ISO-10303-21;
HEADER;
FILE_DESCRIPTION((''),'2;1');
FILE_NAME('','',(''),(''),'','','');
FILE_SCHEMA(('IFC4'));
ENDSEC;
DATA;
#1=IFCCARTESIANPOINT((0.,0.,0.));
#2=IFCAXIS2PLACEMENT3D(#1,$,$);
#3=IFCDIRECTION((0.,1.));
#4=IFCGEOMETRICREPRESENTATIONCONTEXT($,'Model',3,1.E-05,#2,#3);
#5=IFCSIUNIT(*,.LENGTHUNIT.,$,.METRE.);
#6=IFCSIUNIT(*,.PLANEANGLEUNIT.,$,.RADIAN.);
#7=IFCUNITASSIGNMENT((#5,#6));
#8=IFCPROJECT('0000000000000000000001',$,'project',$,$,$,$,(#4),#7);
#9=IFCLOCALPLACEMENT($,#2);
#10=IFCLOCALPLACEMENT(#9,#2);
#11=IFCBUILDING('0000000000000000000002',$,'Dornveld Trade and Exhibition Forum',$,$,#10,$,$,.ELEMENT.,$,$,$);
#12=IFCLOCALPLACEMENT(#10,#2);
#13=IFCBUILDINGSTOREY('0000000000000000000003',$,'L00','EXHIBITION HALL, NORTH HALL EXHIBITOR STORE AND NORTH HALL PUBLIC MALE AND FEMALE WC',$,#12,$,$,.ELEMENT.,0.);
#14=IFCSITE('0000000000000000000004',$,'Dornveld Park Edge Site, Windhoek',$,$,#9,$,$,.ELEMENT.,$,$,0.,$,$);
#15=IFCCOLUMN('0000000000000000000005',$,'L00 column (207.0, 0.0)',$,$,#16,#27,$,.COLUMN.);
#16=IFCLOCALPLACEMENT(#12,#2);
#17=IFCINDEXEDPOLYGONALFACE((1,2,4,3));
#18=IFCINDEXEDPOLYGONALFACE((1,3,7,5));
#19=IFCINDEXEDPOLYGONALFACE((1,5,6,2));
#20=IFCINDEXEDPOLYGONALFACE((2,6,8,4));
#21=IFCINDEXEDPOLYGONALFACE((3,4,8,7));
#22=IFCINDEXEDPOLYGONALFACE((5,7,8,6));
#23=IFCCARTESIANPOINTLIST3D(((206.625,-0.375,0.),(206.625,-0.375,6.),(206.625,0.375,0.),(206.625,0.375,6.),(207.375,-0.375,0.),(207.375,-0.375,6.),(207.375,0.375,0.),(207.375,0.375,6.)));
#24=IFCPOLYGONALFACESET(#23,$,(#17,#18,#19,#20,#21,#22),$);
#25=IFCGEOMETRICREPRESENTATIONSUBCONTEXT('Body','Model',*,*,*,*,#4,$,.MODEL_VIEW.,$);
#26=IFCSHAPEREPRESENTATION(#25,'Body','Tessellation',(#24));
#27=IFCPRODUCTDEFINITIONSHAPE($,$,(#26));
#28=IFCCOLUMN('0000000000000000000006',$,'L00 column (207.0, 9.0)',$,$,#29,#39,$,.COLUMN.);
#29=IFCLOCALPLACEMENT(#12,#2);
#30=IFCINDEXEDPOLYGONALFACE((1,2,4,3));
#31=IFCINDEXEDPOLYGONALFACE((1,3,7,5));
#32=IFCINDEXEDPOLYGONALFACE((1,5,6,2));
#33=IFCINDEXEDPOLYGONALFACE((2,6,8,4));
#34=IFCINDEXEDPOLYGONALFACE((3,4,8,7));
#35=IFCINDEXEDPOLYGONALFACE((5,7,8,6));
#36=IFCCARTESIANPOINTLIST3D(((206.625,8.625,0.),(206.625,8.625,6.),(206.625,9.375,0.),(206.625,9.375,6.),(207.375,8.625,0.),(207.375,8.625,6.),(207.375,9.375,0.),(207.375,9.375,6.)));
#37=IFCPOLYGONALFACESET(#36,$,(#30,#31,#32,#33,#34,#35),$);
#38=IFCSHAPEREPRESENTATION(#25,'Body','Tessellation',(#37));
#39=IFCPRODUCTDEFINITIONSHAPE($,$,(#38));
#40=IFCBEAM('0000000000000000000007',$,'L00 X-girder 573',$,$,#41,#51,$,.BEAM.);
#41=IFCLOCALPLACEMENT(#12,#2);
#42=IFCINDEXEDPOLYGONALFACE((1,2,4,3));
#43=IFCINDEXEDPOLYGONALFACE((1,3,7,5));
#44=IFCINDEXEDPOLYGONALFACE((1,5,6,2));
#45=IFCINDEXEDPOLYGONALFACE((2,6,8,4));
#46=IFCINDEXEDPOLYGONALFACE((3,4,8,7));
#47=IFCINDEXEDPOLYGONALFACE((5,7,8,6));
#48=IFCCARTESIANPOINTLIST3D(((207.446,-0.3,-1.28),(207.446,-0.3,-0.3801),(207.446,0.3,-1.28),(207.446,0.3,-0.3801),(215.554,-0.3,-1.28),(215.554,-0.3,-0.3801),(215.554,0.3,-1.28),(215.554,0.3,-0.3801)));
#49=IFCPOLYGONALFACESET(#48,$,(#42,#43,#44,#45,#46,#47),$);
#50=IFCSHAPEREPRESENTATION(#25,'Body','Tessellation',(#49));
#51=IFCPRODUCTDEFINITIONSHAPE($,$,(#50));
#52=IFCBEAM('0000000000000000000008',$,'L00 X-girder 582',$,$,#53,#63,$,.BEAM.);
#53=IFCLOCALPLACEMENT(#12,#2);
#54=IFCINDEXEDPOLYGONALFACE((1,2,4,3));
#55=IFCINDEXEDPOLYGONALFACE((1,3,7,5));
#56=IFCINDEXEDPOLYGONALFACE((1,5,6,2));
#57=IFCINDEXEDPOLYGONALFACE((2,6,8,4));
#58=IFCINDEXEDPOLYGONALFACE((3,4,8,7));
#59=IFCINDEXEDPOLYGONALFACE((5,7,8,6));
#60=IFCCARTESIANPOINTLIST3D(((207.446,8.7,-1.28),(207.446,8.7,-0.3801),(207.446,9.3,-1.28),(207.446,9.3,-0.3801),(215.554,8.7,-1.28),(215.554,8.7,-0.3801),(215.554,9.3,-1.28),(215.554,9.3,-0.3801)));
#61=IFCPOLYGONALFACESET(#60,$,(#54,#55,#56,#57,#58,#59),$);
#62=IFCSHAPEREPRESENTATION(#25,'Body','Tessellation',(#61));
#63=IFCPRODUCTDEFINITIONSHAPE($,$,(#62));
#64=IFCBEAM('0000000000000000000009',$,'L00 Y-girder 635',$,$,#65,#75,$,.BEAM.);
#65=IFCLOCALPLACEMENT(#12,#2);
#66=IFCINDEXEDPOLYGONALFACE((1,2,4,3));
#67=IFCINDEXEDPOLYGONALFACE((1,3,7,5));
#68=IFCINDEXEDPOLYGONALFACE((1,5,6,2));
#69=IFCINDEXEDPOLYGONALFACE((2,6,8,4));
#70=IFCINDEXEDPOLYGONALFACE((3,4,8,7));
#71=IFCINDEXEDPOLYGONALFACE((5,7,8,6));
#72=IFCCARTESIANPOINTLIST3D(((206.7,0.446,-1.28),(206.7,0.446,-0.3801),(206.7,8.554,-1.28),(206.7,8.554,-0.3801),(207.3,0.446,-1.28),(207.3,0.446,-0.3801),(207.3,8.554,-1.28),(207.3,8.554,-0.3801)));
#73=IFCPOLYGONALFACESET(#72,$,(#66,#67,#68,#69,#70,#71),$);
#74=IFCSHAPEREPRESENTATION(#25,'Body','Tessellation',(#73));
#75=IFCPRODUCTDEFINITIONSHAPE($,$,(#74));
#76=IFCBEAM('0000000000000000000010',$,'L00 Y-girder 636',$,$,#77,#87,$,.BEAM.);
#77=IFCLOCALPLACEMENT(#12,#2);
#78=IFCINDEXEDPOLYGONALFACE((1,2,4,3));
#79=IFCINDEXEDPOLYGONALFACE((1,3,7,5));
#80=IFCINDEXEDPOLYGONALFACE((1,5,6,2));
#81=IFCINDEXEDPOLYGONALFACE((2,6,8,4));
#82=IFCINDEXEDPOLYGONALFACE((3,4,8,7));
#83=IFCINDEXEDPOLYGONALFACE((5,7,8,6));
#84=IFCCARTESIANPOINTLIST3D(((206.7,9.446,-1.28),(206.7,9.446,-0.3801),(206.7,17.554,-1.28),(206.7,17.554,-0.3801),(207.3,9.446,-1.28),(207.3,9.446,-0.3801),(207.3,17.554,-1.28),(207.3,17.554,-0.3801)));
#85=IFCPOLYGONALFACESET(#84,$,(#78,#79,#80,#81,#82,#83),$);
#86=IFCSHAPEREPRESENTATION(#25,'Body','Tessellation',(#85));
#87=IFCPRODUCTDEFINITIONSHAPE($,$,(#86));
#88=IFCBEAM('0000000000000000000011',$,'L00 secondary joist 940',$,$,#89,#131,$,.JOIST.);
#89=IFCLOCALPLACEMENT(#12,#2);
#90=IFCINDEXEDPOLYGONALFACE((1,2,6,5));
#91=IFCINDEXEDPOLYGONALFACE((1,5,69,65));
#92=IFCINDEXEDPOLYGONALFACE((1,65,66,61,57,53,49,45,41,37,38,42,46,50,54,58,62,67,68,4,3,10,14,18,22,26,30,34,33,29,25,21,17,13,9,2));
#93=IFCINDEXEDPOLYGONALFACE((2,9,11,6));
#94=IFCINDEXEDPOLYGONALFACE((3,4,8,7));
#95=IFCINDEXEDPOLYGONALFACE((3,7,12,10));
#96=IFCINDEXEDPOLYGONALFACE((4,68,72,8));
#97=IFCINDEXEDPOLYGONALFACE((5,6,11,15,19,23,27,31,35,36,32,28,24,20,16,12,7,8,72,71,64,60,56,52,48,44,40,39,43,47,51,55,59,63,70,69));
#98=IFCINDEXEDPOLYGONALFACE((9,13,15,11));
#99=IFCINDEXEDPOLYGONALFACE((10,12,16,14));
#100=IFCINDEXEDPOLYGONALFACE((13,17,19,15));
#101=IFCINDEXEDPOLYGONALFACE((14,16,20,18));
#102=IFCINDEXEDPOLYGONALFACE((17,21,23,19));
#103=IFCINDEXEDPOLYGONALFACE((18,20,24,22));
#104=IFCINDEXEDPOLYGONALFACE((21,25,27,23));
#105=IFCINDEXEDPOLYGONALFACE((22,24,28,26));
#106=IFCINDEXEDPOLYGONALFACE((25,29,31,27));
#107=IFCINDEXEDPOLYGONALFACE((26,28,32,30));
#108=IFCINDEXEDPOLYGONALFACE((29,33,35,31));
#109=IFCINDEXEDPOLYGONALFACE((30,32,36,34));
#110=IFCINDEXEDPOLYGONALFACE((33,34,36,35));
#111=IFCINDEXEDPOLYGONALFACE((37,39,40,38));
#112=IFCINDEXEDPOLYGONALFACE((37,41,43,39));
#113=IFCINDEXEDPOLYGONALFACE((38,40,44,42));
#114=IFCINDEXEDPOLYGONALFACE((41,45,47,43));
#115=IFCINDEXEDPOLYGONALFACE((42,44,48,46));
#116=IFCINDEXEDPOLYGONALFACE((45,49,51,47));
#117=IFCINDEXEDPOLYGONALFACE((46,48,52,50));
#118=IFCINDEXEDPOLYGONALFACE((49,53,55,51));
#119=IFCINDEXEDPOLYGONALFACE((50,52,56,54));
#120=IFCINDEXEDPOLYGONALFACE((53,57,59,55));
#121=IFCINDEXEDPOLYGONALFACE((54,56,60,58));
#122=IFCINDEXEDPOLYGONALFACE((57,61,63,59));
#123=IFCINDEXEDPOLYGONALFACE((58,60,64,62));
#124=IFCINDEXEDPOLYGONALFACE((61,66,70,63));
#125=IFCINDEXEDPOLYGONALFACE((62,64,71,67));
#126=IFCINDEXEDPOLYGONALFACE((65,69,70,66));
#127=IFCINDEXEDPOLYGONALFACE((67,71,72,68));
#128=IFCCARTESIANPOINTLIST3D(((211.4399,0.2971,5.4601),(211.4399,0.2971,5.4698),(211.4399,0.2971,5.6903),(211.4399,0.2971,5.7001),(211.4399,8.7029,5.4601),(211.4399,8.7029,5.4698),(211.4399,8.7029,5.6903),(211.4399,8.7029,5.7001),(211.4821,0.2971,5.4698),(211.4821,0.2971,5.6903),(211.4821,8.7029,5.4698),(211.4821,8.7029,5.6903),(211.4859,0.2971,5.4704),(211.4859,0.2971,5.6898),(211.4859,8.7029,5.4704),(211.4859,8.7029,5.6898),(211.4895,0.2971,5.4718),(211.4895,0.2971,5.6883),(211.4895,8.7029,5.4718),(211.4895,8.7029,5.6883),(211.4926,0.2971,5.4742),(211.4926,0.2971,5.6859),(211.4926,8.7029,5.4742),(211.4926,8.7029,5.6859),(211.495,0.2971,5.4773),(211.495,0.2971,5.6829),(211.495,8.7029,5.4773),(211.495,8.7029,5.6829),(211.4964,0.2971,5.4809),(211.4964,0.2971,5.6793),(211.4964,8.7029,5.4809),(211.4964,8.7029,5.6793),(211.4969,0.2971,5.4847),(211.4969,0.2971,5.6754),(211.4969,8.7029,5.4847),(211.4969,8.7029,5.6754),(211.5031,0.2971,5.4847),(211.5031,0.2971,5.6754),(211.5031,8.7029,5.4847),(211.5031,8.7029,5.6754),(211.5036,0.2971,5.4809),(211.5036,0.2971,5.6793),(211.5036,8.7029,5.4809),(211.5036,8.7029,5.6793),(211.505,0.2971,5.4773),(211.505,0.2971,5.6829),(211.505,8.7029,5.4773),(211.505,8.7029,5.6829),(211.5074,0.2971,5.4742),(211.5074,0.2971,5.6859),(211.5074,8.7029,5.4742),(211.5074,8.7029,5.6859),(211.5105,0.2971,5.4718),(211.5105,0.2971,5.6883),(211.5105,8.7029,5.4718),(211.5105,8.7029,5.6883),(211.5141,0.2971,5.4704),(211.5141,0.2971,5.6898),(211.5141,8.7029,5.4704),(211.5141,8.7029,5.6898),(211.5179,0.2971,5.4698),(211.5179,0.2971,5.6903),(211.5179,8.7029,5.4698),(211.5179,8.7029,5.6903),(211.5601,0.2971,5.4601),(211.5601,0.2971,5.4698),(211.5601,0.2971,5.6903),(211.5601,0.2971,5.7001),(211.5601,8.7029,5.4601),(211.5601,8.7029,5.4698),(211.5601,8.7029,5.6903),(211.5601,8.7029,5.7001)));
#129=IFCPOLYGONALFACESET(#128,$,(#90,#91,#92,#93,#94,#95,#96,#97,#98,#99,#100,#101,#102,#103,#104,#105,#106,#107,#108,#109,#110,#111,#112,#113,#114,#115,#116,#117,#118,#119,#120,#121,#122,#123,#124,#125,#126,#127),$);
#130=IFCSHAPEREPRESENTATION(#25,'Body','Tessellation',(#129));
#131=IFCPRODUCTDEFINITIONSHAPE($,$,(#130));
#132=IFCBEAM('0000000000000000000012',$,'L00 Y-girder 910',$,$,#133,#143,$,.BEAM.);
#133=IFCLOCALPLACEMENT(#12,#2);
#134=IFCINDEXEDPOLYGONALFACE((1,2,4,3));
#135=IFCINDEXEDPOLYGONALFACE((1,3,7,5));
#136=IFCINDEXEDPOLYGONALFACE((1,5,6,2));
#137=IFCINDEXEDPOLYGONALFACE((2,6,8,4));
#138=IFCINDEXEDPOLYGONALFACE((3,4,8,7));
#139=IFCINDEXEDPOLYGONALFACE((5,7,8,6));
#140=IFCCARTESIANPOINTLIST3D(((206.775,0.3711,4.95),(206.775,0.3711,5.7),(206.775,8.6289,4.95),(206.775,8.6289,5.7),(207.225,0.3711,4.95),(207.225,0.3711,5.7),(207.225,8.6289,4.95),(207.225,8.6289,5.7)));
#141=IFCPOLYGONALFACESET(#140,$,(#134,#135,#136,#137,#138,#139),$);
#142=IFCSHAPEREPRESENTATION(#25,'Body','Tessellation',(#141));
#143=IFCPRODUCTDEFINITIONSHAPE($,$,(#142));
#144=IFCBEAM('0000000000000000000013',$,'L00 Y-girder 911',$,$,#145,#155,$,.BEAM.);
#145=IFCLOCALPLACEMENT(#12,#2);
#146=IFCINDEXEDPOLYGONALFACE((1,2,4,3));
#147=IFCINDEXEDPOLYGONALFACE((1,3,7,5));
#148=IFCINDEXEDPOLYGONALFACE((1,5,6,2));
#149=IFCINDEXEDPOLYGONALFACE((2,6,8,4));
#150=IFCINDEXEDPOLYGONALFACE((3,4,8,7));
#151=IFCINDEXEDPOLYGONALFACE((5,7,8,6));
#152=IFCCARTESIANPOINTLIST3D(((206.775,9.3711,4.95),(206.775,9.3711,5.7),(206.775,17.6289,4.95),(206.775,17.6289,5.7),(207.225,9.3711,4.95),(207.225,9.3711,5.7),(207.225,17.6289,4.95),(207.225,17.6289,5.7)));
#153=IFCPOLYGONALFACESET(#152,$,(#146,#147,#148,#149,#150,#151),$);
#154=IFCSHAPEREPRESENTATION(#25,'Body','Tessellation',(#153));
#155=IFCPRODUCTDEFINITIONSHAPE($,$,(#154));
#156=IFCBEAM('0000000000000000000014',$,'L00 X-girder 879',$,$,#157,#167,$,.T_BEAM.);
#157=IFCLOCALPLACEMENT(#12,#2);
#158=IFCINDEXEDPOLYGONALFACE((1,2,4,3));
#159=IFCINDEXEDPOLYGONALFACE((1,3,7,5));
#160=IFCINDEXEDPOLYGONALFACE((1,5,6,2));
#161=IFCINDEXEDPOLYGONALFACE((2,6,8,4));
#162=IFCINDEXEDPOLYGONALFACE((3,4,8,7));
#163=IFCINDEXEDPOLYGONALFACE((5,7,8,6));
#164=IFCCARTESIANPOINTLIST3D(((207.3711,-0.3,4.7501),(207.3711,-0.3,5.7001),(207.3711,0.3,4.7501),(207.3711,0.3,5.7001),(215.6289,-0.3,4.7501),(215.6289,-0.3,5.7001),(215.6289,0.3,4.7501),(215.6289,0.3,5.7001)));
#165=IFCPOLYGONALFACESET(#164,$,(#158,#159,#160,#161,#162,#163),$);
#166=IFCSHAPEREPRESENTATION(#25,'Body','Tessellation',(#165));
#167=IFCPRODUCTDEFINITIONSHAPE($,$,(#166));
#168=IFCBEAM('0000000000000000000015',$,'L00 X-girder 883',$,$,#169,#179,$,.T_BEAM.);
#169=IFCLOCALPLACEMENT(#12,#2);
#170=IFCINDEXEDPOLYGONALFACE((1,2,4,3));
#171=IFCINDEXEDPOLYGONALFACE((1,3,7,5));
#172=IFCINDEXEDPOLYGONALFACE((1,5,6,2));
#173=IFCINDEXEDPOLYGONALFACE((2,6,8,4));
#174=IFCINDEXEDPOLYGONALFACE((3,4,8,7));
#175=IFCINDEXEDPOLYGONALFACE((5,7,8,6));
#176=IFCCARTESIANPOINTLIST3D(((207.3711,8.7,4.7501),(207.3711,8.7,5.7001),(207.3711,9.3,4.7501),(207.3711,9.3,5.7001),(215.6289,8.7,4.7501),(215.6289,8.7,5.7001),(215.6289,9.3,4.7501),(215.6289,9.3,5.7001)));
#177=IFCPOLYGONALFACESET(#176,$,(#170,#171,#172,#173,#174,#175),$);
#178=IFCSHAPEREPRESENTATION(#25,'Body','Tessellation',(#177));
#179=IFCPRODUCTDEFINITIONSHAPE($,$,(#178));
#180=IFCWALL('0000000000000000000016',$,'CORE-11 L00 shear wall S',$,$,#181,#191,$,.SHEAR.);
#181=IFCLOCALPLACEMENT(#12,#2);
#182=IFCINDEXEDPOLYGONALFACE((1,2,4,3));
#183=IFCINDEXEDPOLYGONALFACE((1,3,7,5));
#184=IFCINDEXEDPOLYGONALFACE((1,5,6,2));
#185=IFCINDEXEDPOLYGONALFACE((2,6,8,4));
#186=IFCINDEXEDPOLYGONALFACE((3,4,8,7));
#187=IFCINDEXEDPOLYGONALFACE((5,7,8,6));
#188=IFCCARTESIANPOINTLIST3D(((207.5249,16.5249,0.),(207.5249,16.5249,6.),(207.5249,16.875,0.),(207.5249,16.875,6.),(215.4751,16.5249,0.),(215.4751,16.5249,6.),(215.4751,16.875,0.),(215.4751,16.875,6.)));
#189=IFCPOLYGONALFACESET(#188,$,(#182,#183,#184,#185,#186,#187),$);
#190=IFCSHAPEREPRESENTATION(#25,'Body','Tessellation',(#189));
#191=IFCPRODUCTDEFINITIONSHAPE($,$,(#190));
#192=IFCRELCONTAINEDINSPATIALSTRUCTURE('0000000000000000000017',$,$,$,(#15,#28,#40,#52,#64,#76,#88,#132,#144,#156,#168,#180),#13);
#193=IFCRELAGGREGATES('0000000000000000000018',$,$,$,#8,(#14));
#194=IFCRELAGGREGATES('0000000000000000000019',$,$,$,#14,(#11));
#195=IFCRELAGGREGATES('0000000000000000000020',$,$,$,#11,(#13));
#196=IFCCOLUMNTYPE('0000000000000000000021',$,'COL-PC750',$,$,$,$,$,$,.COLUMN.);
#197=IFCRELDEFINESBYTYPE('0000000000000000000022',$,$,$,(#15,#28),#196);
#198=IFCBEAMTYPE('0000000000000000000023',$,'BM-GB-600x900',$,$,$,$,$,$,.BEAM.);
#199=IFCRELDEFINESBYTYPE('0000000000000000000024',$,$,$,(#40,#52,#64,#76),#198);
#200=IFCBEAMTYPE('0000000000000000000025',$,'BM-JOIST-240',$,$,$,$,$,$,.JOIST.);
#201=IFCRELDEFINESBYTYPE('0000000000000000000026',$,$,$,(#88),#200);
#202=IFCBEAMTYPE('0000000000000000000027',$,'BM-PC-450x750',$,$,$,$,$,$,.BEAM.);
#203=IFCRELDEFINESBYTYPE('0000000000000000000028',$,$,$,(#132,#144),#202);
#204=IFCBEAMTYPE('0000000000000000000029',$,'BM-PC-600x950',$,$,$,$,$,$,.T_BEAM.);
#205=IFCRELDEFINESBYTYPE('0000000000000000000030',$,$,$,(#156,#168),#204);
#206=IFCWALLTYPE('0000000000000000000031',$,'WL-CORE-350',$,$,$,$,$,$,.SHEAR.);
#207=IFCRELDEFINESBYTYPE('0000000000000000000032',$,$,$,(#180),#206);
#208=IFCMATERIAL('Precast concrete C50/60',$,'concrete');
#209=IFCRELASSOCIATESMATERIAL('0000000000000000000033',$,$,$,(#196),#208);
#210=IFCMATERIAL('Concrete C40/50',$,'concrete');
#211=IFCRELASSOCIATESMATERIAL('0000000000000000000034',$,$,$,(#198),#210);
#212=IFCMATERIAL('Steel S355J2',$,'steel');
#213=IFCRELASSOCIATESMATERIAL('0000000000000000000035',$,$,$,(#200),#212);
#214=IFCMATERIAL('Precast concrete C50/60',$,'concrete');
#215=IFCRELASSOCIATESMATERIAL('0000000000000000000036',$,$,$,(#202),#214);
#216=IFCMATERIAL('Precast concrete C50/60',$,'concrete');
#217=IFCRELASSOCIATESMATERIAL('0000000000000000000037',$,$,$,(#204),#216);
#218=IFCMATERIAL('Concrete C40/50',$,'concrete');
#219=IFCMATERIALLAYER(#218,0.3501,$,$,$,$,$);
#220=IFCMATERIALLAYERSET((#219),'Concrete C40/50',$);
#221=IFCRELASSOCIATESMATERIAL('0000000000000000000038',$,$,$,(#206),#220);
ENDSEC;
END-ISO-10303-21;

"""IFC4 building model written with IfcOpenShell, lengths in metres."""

from ifc_helpers import new_model, si_unit, direction, frame, frame_2d, origin, origin_2d, place, context, subcontext, project, spatial, rectangle, i_section, extrude, material, layer, layer_set, material_profile, profile_set, type_object, element, save


model = new_model("IFC4")

# Units and contexts
model_context = context("Model", 3, precision=1e-05, world=origin(), true_north=direction((0.0, 1.0)))
body_context = subcontext(model_context, "Body", "Model", "MODEL_VIEW")
ifc_project = project(units=[si_unit("LENGTHUNIT", "METRE"), si_unit("PLANEANGLEUNIT", "RADIAN")], contexts=[model_context])

# Site, building, storey
site_placement = place(None, origin())
site = spatial("IfcSite", under=ifc_project, at=site_placement, Name="Dornveld Park Edge Site, Windhoek", CompositionType="ELEMENT", RefElevation=0.0)
building_placement = place(site_placement, origin())
building = spatial("IfcBuilding", under=site, at=building_placement, Name="Dornveld Trade and Exhibition Forum", CompositionType="ELEMENT")
storey_placement = place(building_placement, origin())
storey = spatial("IfcBuildingStorey", under=building, at=storey_placement, Name="L00", Description="EXHIBITION HALL, NORTH HALL EXHIBITOR STORE AND NORTH HALL PUBLIC MALE AND FEMALE WC", CompositionType="ELEMENT", Elevation=0.0)

# Columns
ifc_material_1 = material(Name="Precast concrete C50/60", Category="concrete")
ifc_material_profile_1 = material_profile(ifc_material_1, rectangle(XDim=0.75, YDim=0.75, at=origin_2d()), Name="PC-COL 750x750")
ifc_profile_set_1 = profile_set([ifc_material_profile_1], Name="Precast concrete C50/60")
column_type = type_object("IfcColumnType", Name="COL-PC750", PredefinedType="COLUMN", material=ifc_profile_set_1)
for number, where, z_axis, x_axis, name in (
    (1, (207.0, 0.0, 0.0), (0.0, 0.0, 1.0), (1.0, 0.0, 0.0), "L00 column (207.0, 0.0)"),
    (2, (207.0, 9.0, 0.0), (0.0, 0.0, 1.0), (1.0, 0.0, 0.0), "L00 column (207.0, 9.0)"),
):
    element("IfcColumn", number, at=place(storey_placement, frame(where, z_axis=z_axis, x_axis=x_axis)), inside=storey, type_object=column_type, Name=name, PredefinedType="COLUMN", context=body_context, shape_type="SweptSolid", body=[
        extrude(rectangle(XDim=0.75, YDim=0.75, at=origin_2d()), origin(), (0.0, 0.0, 1.0), 6.0),
    ])

# Beams
ifc_material_2 = material(Name="Concrete C40/50", Category="concrete")
ifc_material_profile_2 = material_profile(ifc_material_2, rectangle(XDim=0.6001, YDim=0.8999, at=origin_2d()), Name="RC-GB 600x900")
ifc_profile_set_2 = profile_set([ifc_material_profile_2], Name="Concrete C40/50")
beam_type_1 = type_object("IfcBeamType", Name="BM-GB-600x900", PredefinedType="BEAM", material=ifc_profile_set_2)
for number, where, z_axis, x_axis, name in (
    (3, (207.446, 0.0, -0.8301), (1.0, 0.0, 0.0), (0.0, 1.0, 0.0), "L00 X-girder 573"),
    (4, (207.446, 9.0, -0.8301), (1.0, 0.0, 0.0), (0.0, 1.0, 0.0), "L00 X-girder 582"),
    (5, (207.0, 0.446, -0.8301), (0.0, 1.0, 0.0), (-1.0, 0.0, 0.0), "L00 Y-girder 635"),
    (6, (207.0, 9.446, -0.8301), (0.0, 1.0, 0.0), (-1.0, 0.0, 0.0), "L00 Y-girder 636"),
):
    element("IfcBeam", number, at=place(storey_placement, frame(where, z_axis=z_axis, x_axis=x_axis)), inside=storey, type_object=beam_type_1, Name=name, PredefinedType="BEAM", context=body_context, shape_type="SweptSolid", body=[
        extrude(rectangle(XDim=0.6001, YDim=0.8999, at=origin_2d()), origin(), (0.0, 0.0, 1.0), 8.1079),
    ])
ifc_material_3 = material(Name="Steel S355J2", Category="steel")
ifc_material_profile_3 = material_profile(ifc_material_3, i_section(OverallWidth=0.1201, OverallDepth=0.24, WebThickness=0.0061, FlangeThickness=0.0098, FilletRadius=0.0149, at=origin_2d()), Name="IPE 240")
ifc_profile_set_3 = profile_set([ifc_material_profile_3], Name="Steel S355J2")
beam_type_2 = type_object("IfcBeamType", Name="BM-JOIST-240", PredefinedType="JOIST", material=ifc_profile_set_3)
beam_placement = place(storey_placement, frame((211.5, 0.2971, 5.5801), z_axis=(0.0, 1.0, 0.0), x_axis=(-1.0, 0.0, 0.0)))
element("IfcBeam", 7, at=beam_placement, inside=storey, type_object=beam_type_2, Name="L00 secondary joist 940", PredefinedType="JOIST", context=body_context, shape_type="SweptSolid", body=[
    extrude(i_section(OverallWidth=0.1201, OverallDepth=0.24, WebThickness=0.0061, FlangeThickness=0.0098, FilletRadius=0.0149, at=origin_2d()), origin(), (0.0, 0.0, 1.0), 8.4058),
])
ifc_material_4 = material(Name="Precast concrete C50/60", Category="concrete")
ifc_material_profile_4 = material_profile(ifc_material_4, rectangle(XDim=0.45, YDim=0.75, at=origin_2d()), Name="PC-BM 450x750")
ifc_profile_set_4 = profile_set([ifc_material_profile_4], Name="Precast concrete C50/60")
beam_type_3 = type_object("IfcBeamType", Name="BM-PC-450x750", PredefinedType="BEAM", material=ifc_profile_set_4)
for number, where, z_axis, x_axis, name in (
    (8, (207.0, 0.3711, 5.325), (0.0, 1.0, 0.0), (-1.0, 0.0, 0.0), "L00 Y-girder 910"),
    (9, (207.0, 9.3711, 5.325), (0.0, 1.0, 0.0), (-1.0, 0.0, 0.0), "L00 Y-girder 911"),
):
    element("IfcBeam", number, at=place(storey_placement, frame(where, z_axis=z_axis, x_axis=x_axis)), inside=storey, type_object=beam_type_3, Name=name, PredefinedType="BEAM", context=body_context, shape_type="SweptSolid", body=[
        extrude(rectangle(XDim=0.45, YDim=0.75, at=origin_2d()), origin(), (0.0, 0.0, 1.0), 8.2578),
    ])
ifc_material_5 = material(Name="Precast concrete C50/60", Category="concrete")
ifc_material_profile_5 = material_profile(ifc_material_5, rectangle(XDim=0.6001, YDim=0.95, at=origin_2d()), Name="PC-GIR 600x950")
ifc_profile_set_5 = profile_set([ifc_material_profile_5], Name="Precast concrete C50/60")
beam_type_4 = type_object("IfcBeamType", Name="BM-PC-600x950", PredefinedType="T_BEAM", material=ifc_profile_set_5)
for number, where, z_axis, x_axis, name in (
    (10, (207.3711, 0.0, 5.2251), (1.0, 0.0, 0.0), (0.0, 1.0, 0.0), "L00 X-girder 879"),
    (11, (207.3711, 9.0, 5.2251), (1.0, 0.0, 0.0), (0.0, 1.0, 0.0), "L00 X-girder 883"),
):
    element("IfcBeam", number, at=place(storey_placement, frame(where, z_axis=z_axis, x_axis=x_axis)), inside=storey, type_object=beam_type_4, Name=name, PredefinedType="T_BEAM", context=body_context, shape_type="SweptSolid", body=[
        extrude(rectangle(XDim=0.6001, YDim=0.95, at=origin_2d()), origin(), (0.0, 0.0, 1.0), 8.2578),
    ])

# Wall
ifc_material_6 = material(Name="Concrete C40/50", Category="concrete")
ifc_layer_1 = layer(ifc_material_6, 0.3501)
ifc_layer_set_1 = layer_set([ifc_layer_1], Name="Concrete C40/50")
wall_type_1 = type_object("IfcWallType", Name="WL-CORE-350", PredefinedType="SHEAR", material=ifc_layer_set_1)
wall_1_placement = place(storey_placement, frame((207.5249, 16.7, 0.0), z_axis=(0.0, 0.0, 1.0), x_axis=(1.0, 0.0, 0.0)))
element("IfcWall", 12, at=wall_1_placement, inside=storey, type_object=wall_type_1, Name="CORE-11 L00 shear wall S", PredefinedType="SHEAR", context=body_context, shape_type="SweptSolid", body=[
    extrude(rectangle(XDim=7.9502, YDim=0.3501, at=frame_2d((3.9751, 0.0))), origin(), (0.0, 0.0, 1.0), 6.0),
])

save(model, "model.ifc")
